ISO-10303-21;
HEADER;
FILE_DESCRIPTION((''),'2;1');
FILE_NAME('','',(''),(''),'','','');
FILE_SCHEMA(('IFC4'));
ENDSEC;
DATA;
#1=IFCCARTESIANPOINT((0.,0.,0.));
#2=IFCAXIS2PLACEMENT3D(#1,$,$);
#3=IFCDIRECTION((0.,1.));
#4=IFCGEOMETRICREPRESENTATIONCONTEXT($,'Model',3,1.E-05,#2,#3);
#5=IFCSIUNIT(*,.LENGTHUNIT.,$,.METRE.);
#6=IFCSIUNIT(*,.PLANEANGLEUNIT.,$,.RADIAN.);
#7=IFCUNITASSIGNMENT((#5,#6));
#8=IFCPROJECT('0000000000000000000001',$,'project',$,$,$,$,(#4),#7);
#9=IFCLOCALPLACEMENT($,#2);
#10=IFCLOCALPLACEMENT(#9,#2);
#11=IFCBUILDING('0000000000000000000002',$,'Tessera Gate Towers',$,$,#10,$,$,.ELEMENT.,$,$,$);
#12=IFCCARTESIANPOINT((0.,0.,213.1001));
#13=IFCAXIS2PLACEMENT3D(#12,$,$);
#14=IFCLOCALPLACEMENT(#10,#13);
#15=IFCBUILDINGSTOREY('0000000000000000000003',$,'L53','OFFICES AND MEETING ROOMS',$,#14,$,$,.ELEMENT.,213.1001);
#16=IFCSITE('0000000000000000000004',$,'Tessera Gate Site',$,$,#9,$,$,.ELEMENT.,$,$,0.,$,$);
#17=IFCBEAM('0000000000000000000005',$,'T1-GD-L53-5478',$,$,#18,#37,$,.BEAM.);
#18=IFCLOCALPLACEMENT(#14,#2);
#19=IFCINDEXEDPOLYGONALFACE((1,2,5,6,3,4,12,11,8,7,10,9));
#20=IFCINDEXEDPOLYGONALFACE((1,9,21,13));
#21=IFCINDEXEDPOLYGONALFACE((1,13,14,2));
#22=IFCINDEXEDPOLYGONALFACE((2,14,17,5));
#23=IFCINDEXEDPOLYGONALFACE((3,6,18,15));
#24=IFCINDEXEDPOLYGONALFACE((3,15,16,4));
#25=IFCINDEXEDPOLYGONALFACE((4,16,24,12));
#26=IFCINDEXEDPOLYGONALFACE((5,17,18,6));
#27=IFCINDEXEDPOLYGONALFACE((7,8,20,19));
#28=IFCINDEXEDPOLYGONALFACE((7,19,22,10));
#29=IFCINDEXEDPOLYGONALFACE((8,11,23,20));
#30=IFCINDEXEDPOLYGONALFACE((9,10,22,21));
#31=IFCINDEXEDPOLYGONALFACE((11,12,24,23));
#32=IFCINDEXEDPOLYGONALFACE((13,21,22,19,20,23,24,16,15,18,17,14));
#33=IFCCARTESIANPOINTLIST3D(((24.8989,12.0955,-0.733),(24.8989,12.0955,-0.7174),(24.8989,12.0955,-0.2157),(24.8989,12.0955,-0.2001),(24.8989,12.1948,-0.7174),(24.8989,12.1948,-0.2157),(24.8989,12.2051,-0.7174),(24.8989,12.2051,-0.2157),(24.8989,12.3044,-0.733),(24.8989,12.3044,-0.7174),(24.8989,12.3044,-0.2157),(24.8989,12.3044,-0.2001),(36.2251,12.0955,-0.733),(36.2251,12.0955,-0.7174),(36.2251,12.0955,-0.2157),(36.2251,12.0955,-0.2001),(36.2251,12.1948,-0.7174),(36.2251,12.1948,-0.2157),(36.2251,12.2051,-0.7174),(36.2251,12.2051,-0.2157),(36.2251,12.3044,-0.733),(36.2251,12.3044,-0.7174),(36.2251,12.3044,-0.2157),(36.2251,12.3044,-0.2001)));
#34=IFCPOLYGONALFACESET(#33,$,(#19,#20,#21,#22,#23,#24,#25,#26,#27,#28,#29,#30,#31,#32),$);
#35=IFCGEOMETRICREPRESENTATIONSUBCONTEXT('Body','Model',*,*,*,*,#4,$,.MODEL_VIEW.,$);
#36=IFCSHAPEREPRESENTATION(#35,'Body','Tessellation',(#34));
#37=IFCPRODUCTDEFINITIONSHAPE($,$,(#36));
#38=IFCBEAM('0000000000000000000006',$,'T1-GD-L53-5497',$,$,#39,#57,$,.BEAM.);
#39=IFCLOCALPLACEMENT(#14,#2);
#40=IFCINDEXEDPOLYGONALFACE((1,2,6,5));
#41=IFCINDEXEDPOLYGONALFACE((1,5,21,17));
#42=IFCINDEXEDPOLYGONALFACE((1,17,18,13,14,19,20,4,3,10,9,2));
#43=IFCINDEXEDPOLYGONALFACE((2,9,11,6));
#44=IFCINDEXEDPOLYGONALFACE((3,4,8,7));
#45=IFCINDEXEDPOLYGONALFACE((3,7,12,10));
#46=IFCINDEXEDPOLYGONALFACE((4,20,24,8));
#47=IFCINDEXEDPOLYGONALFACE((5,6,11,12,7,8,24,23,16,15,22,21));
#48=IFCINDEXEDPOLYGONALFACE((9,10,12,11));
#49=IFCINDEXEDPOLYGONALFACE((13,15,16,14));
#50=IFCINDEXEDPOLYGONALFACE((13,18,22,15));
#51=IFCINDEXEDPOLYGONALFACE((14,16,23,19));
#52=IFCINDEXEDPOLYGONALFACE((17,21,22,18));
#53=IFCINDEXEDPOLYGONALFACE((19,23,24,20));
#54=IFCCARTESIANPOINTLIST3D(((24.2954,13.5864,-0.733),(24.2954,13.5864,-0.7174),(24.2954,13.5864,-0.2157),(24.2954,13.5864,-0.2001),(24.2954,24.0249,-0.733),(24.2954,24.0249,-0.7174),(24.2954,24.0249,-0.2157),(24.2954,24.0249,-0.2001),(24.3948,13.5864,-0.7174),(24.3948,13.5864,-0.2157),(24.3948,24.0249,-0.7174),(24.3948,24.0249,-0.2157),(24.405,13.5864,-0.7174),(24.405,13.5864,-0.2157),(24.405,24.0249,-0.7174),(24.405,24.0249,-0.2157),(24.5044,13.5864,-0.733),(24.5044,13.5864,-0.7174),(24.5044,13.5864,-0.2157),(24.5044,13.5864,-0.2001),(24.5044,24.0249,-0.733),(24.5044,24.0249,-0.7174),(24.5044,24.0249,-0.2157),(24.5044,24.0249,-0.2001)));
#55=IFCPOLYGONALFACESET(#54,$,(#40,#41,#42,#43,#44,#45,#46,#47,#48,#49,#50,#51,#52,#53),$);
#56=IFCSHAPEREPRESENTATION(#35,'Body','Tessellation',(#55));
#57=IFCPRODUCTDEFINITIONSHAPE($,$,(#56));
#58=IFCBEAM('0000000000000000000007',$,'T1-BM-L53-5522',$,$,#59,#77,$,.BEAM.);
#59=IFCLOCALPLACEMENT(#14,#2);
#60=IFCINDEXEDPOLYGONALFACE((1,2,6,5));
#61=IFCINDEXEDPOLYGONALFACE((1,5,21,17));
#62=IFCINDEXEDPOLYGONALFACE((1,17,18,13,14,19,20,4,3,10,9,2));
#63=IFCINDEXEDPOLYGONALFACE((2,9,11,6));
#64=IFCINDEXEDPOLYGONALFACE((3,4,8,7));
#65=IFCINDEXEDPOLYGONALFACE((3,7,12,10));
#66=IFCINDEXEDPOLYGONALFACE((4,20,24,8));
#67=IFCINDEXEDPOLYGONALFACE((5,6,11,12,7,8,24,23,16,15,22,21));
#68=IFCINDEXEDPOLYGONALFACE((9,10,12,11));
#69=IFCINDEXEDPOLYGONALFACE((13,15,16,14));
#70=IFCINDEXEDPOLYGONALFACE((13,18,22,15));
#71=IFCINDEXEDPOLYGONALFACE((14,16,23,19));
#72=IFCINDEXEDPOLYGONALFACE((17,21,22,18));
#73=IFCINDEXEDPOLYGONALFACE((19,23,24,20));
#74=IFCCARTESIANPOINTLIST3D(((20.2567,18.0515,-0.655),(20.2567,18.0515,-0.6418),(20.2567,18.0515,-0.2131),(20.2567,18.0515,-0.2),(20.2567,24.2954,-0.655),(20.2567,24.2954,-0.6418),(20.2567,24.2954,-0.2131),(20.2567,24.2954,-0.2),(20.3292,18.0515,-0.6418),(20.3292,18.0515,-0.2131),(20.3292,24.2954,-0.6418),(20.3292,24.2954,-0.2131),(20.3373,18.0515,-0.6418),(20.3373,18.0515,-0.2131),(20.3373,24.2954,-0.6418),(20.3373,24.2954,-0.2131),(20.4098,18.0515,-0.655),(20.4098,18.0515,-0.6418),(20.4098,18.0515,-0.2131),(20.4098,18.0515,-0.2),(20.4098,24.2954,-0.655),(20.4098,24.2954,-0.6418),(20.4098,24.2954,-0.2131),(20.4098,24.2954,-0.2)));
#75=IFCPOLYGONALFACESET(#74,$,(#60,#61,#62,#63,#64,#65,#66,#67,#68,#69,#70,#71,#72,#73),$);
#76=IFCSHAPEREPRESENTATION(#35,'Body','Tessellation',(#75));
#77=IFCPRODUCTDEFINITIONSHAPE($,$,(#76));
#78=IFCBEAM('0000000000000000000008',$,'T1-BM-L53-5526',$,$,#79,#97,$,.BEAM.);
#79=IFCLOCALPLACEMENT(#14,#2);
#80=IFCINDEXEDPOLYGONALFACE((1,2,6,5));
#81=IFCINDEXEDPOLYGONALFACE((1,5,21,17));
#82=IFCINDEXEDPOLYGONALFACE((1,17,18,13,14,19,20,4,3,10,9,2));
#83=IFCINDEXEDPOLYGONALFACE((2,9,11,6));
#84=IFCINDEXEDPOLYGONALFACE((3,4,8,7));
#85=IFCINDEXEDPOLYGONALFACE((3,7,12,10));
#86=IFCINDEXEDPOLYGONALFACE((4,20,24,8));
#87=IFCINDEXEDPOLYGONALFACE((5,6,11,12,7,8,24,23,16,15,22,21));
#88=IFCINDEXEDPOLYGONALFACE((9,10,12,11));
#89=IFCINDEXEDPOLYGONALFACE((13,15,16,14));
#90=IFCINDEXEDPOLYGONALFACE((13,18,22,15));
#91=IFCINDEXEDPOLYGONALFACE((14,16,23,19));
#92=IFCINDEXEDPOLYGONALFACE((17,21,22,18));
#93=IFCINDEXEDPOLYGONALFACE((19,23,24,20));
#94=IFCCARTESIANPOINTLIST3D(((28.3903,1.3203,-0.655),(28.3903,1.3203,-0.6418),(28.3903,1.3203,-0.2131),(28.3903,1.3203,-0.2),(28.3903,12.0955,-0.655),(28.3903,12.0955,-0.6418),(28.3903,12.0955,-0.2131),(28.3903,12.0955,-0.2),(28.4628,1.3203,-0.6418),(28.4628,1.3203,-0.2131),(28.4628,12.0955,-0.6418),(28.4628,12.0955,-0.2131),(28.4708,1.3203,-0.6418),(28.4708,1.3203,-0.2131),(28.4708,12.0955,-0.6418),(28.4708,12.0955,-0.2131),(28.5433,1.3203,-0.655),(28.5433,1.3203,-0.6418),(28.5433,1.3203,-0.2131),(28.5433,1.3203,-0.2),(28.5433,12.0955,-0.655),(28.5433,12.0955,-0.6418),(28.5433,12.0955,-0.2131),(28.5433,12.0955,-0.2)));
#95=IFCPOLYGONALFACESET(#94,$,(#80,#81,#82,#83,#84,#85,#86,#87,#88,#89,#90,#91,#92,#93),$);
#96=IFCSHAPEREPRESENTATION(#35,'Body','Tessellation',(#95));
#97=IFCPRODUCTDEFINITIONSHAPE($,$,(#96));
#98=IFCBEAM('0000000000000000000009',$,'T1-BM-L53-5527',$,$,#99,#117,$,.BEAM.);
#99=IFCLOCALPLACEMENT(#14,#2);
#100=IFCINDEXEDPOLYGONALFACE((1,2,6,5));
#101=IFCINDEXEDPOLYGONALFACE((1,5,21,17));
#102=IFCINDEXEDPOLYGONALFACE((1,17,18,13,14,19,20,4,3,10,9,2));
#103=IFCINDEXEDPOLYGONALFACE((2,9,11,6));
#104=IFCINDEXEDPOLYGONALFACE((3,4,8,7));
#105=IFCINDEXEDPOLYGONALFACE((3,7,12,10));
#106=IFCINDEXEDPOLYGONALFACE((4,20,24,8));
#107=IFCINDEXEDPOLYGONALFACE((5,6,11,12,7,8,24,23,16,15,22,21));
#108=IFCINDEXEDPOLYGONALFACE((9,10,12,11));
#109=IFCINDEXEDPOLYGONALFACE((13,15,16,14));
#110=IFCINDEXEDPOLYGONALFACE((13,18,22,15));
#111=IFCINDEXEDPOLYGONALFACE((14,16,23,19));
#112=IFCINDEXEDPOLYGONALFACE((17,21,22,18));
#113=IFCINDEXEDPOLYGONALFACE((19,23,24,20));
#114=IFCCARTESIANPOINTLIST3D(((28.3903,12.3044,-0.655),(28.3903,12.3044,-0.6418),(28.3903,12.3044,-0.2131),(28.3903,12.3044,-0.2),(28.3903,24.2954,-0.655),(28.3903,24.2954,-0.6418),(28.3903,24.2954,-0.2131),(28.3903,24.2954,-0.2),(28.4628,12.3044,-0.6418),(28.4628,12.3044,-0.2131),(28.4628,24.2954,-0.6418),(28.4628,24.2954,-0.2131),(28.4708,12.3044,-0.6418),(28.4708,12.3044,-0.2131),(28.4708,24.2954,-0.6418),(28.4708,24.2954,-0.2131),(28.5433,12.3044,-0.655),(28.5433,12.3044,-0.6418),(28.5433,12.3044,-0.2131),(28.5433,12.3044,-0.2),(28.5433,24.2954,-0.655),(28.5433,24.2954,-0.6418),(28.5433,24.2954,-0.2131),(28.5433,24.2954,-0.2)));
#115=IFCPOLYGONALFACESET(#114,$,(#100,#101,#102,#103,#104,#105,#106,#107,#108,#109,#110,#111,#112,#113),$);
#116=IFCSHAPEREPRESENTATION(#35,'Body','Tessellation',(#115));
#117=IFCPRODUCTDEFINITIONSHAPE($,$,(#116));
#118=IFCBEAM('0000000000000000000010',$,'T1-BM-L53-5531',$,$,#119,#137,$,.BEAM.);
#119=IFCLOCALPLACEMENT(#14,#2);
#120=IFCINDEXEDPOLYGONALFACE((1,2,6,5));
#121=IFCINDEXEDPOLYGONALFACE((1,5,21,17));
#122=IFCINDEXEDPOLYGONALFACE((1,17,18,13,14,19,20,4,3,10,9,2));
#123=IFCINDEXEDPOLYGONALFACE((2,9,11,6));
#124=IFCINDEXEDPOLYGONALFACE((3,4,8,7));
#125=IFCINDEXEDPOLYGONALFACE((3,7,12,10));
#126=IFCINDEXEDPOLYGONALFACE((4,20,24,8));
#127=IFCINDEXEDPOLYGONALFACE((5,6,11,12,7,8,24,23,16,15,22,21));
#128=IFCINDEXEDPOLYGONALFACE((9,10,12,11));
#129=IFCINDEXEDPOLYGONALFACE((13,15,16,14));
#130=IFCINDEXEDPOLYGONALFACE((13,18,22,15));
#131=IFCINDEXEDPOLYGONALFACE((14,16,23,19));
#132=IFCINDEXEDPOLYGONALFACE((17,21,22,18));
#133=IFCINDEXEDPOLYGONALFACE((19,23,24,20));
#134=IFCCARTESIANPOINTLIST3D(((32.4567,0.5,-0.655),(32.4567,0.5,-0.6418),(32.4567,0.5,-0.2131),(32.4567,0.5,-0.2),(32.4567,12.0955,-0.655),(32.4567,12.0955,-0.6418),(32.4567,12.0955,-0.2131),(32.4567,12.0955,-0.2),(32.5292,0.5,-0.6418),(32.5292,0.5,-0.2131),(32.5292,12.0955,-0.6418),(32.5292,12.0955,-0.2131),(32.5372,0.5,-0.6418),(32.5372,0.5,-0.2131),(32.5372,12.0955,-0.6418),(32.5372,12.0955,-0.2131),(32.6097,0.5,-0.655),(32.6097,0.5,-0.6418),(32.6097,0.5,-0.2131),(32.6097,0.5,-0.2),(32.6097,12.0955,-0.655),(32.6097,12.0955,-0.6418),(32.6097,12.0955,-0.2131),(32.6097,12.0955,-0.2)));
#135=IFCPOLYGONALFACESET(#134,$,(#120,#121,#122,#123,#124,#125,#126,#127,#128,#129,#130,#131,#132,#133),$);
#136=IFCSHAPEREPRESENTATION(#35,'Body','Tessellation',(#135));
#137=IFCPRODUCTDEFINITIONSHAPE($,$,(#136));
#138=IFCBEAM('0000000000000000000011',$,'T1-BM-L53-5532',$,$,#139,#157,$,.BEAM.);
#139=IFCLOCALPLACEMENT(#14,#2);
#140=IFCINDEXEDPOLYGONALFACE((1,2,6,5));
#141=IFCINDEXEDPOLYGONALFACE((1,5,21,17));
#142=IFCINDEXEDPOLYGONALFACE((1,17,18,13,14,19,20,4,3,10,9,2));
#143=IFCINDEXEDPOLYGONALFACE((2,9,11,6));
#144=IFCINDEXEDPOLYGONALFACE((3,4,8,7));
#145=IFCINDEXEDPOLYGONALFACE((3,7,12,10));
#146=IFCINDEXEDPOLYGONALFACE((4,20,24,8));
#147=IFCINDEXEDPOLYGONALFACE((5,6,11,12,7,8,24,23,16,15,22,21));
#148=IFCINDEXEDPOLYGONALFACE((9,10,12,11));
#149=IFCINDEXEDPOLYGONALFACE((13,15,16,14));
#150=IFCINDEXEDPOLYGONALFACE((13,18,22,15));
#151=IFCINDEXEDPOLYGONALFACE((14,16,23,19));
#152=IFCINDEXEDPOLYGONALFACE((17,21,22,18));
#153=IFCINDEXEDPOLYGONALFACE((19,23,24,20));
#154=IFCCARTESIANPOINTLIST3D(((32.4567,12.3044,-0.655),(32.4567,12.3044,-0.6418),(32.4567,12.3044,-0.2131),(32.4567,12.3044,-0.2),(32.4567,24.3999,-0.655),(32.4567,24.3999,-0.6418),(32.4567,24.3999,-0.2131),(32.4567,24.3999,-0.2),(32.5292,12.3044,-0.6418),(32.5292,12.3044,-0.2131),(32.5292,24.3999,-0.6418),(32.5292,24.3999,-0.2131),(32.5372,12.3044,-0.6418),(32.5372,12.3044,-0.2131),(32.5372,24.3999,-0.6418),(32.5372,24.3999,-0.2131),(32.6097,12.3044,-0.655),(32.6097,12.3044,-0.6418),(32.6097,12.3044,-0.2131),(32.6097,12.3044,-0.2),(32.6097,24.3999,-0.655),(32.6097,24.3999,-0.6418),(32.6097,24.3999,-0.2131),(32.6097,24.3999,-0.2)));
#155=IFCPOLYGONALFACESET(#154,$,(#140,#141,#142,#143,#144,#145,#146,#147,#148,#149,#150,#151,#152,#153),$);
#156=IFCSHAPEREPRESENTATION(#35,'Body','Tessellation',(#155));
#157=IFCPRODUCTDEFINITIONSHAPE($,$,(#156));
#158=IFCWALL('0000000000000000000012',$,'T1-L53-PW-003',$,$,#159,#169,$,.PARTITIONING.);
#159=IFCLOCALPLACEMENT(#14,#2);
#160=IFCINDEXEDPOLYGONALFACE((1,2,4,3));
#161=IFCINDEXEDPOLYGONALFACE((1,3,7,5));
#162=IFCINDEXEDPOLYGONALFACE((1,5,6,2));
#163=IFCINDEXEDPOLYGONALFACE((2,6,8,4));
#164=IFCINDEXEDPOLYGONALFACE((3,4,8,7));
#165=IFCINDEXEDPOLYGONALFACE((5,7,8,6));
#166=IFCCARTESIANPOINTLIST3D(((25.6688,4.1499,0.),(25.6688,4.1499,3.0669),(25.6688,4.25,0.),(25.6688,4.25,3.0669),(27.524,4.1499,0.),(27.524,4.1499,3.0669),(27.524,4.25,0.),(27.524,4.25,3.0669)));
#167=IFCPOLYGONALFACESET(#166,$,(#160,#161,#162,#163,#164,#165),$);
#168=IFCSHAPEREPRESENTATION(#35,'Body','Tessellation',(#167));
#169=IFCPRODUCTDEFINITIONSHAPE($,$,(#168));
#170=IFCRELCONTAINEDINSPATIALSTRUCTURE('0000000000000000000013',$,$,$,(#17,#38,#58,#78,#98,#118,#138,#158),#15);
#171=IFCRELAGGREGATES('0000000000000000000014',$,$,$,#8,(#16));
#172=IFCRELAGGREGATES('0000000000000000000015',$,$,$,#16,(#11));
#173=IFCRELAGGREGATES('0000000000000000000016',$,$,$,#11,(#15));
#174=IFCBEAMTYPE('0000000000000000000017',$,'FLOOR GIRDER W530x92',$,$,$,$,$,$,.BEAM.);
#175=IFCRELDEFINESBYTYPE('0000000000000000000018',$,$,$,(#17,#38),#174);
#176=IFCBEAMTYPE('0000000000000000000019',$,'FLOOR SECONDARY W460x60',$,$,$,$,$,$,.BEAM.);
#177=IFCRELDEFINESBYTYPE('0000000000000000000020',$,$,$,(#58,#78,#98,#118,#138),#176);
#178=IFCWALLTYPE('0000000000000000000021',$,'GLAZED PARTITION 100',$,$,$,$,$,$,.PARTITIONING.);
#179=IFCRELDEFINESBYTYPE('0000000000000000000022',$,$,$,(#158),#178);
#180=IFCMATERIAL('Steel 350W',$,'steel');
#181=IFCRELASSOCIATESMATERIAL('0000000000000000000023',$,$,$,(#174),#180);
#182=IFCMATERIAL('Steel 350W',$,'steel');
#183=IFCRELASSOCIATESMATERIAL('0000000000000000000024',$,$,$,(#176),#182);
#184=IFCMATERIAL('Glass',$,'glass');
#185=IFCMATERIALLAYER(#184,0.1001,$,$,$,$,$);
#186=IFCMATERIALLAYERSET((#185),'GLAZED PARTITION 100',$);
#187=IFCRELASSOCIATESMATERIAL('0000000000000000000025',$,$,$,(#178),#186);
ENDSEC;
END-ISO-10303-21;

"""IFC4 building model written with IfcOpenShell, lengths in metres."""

from ifc_helpers import new_model, si_unit, direction, frame, frame_2d, origin, origin_2d, place, context, subcontext, project, spatial, rectangle, i_section, extrude, material, layer, layer_set, material_profile, profile_set, type_object, element, save


model = new_model("IFC4")

# Units and contexts
model_context = context("Model", 3, precision=1e-05, world=origin(), true_north=direction((0.0, 1.0)))
body_context = subcontext(model_context, "Body", "Model", "MODEL_VIEW")
ifc_project = project(units=[si_unit("LENGTHUNIT", "METRE"), si_unit("PLANEANGLEUNIT", "RADIAN")], contexts=[model_context])

# Site, building, storey
site_placement = place(None, origin())
site = spatial("IfcSite", under=ifc_project, at=site_placement, Name="Tessera Gate Site", CompositionType="ELEMENT", RefElevation=0.0)
building_placement = place(site_placement, origin())
building = spatial("IfcBuilding", under=site, at=building_placement, Name="Tessera Gate Towers", CompositionType="ELEMENT")
storey_placement = place(building_placement, frame((0.0, 0.0, 213.1001)))
storey = spatial("IfcBuildingStorey", under=building, at=storey_placement, Name="L53", Description="OFFICES AND MEETING ROOMS", CompositionType="ELEMENT", Elevation=213.1001)

# Beams
ifc_material_1 = material(Name="Steel 350W", Category="steel")
ifc_material_profile_1 = material_profile(ifc_material_1, i_section(OverallWidth=0.209, OverallDepth=0.533, WebThickness=0.0103, FlangeThickness=0.0156, at=origin_2d()), Name="W530x92")
ifc_profile_set_1 = profile_set([ifc_material_profile_1], Name="Steel 350W")
beam_type_1 = type_object("IfcBeamType", Name="FLOOR GIRDER W530x92", PredefinedType="BEAM", material=ifc_profile_set_1)
beam_1_placement = place(storey_placement, frame((24.8989, 12.2, -0.4666), z_axis=(1.0, 0.0, 0.0), x_axis=(0.0, 1.0, 0.0)))
element("IfcBeam", 1, at=beam_1_placement, inside=storey, type_object=beam_type_1, Name="T1-GD-L53-5478", PredefinedType="BEAM", context=body_context, shape_type="SweptSolid", body=[
    extrude(i_section(OverallWidth=0.209, OverallDepth=0.533, WebThickness=0.0103, FlangeThickness=0.0156, at=origin_2d()), origin(), (0.0, 0.0, 1.0), 11.3262),
])
beam_2_placement = place(storey_placement, frame((24.3999, 13.5864, -0.4666), z_axis=(0.0, 1.0, 0.0), x_axis=(-1.0, 0.0, 0.0)))
element("IfcBeam", 2, at=beam_2_placement, inside=storey, type_object=beam_type_1, Name="T1-GD-L53-5497", PredefinedType="BEAM", context=body_context, shape_type="SweptSolid", body=[
    extrude(i_section(OverallWidth=0.209, OverallDepth=0.533, WebThickness=0.0103, FlangeThickness=0.0156, at=origin_2d()), origin(), (0.0, 0.0, 1.0), 10.4385),
])
ifc_material_2 = material(Name="Steel 350W", Category="steel")
ifc_material_profile_2 = material_profile(ifc_material_2, i_section(OverallWidth=0.1531, OverallDepth=0.4551, WebThickness=0.0081, FlangeThickness=0.0132, at=origin_2d()), Name="W460x60")
ifc_profile_set_2 = profile_set([ifc_material_profile_2], Name="Steel 350W")
beam_type_2 = type_object("IfcBeamType", Name="FLOOR SECONDARY W460x60", PredefinedType="BEAM", material=ifc_profile_set_2)
beam_3_placement = place(storey_placement, frame((20.3333, 18.0515, -0.4275), z_axis=(0.0, 1.0, 0.0), x_axis=(-1.0, 0.0, 0.0)))
element("IfcBeam", 3, at=beam_3_placement, inside=storey, type_object=beam_type_2, Name="T1-BM-L53-5522", PredefinedType="BEAM", context=body_context, shape_type="SweptSolid", body=[
    extrude(i_section(OverallWidth=0.1531, OverallDepth=0.4551, WebThickness=0.0081, FlangeThickness=0.0132, at=origin_2d()), origin(), (0.0, 0.0, 1.0), 6.2439),
])
beam_4_placement = place(storey_placement, frame((28.4668, 1.3203, -0.4275), z_axis=(0.0, 1.0, 0.0), x_axis=(-1.0, 0.0, 0.0)))
element("IfcBeam", 4, at=beam_4_placement, inside=storey, type_object=beam_type_2, Name="T1-BM-L53-5526", PredefinedType="BEAM", context=body_context, shape_type="SweptSolid", body=[
    extrude(i_section(OverallWidth=0.1531, OverallDepth=0.4551, WebThickness=0.0081, FlangeThickness=0.0132, at=origin_2d()), origin(), (0.0, 0.0, 1.0), 10.7751),
])
beam_5_placement = place(storey_placement, frame((28.4668, 12.3044, -0.4275), z_axis=(0.0, 1.0, 0.0), x_axis=(-1.0, 0.0, 0.0)))
element("IfcBeam", 5, at=beam_5_placement, inside=storey, type_object=beam_type_2, Name="T1-BM-L53-5527", PredefinedType="BEAM", context=body_context, shape_type="SweptSolid", body=[
    extrude(i_section(OverallWidth=0.1531, OverallDepth=0.4551, WebThickness=0.0081, FlangeThickness=0.0132, at=origin_2d()), origin(), (0.0, 0.0, 1.0), 11.991),
])
beam_6_placement = place(storey_placement, frame((32.5332, 0.5, -0.4275), z_axis=(0.0, 1.0, 0.0), x_axis=(-1.0, 0.0, 0.0)))
element("IfcBeam", 6, at=beam_6_placement, inside=storey, type_object=beam_type_2, Name="T1-BM-L53-5531", PredefinedType="BEAM", context=body_context, shape_type="SweptSolid", body=[
    extrude(i_section(OverallWidth=0.1531, OverallDepth=0.4551, WebThickness=0.0081, FlangeThickness=0.0132, at=origin_2d()), origin(), (0.0, 0.0, 1.0), 11.5955),
])
beam_7_placement = place(storey_placement, frame((32.5332, 12.3044, -0.4275), z_axis=(0.0, 1.0, 0.0), x_axis=(-1.0, 0.0, 0.0)))
element("IfcBeam", 7, at=beam_7_placement, inside=storey, type_object=beam_type_2, Name="T1-BM-L53-5532", PredefinedType="BEAM", context=body_context, shape_type="SweptSolid", body=[
    extrude(i_section(OverallWidth=0.1531, OverallDepth=0.4551, WebThickness=0.0081, FlangeThickness=0.0132, at=origin_2d()), origin(), (0.0, 0.0, 1.0), 12.0955),
])

# Wall
ifc_material_3 = material(Name="Glass", Category="glass")
ifc_layer_1 = layer(ifc_material_3, 0.1001)
ifc_layer_set_1 = layer_set([ifc_layer_1], Name="GLAZED PARTITION 100")
wall_type_1 = type_object("IfcWallType", Name="GLAZED PARTITION 100", PredefinedType="PARTITIONING", material=ifc_layer_set_1)
wall_1_placement = place(storey_placement, frame((25.6687, 4.2, 0.0), z_axis=(0.0, 0.0, 1.0), x_axis=(1.0, 0.0, 0.0)))
element("IfcWall", 8, at=wall_1_placement, inside=storey, type_object=wall_type_1, Name="T1-L53-PW-003", PredefinedType="PARTITIONING", context=body_context, shape_type="SweptSolid", body=[
    extrude(rectangle(XDim=1.8552, YDim=0.1001, at=frame_2d((0.9277, 0.0))), origin(), (0.0, 0.0, 1.0), 3.0669),
])

save(model, "model.ifc")
